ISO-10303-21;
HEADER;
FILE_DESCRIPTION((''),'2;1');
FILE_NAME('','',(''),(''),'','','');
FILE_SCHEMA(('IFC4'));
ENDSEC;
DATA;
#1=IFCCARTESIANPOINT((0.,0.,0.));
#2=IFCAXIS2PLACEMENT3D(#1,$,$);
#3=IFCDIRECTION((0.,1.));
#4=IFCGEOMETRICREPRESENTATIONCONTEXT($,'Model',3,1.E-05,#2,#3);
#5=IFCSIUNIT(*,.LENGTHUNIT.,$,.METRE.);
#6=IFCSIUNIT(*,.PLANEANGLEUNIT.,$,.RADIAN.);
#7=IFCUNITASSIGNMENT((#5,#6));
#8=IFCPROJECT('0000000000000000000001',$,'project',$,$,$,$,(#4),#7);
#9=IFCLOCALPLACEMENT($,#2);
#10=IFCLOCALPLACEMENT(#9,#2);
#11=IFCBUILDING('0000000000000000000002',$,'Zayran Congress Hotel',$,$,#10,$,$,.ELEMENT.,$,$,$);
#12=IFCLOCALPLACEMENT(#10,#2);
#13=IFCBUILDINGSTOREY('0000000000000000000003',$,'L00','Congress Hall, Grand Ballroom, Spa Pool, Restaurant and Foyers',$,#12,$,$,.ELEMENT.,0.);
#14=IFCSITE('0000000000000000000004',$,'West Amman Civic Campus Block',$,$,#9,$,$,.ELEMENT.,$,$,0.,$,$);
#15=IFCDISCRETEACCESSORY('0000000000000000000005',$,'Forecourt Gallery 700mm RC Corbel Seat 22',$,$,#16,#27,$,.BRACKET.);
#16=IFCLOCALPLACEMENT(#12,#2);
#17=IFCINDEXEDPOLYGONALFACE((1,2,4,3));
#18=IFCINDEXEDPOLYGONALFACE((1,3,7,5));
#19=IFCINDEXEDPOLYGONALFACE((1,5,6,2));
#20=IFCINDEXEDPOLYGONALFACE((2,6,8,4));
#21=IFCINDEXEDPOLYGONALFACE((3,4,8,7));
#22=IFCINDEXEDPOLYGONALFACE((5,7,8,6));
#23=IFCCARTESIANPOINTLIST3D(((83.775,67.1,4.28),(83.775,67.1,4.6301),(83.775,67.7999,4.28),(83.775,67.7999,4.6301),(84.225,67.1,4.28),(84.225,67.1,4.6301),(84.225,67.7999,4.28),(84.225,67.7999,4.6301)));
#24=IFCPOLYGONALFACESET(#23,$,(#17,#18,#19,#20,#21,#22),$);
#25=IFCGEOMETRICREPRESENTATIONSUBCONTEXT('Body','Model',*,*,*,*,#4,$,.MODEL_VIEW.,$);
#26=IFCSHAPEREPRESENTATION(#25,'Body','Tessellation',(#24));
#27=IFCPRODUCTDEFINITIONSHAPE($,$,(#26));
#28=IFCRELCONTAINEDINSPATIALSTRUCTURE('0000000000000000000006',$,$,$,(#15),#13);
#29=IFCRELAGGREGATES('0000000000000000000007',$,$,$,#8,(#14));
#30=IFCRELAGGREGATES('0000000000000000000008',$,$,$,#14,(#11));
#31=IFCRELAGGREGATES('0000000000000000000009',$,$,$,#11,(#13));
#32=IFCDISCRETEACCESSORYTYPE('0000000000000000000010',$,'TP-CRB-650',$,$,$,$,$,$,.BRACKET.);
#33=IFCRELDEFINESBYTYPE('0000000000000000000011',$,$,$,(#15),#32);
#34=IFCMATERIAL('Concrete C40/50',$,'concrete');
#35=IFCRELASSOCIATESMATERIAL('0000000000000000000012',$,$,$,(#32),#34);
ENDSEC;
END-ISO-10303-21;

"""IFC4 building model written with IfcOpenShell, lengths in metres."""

from ifc_helpers import new_model, si_unit, direction, frame, origin, origin_2d, place, context, subcontext, project, spatial, rectangle, extrude, material, type_object, element, save


model = new_model("IFC4")

# Units and contexts
model_context = context("Model", 3, precision=1e-05, world=origin(), true_north=direction((0.0, 1.0)))
body_context = subcontext(model_context, "Body", "Model", "MODEL_VIEW")
ifc_project = project(units=[si_unit("LENGTHUNIT", "METRE"), si_unit("PLANEANGLEUNIT", "RADIAN")], contexts=[model_context])

# Site, building, storey
site_placement = place(None, origin())
site = spatial("IfcSite", under=ifc_project, at=site_placement, Name="West Amman Civic Campus Block", CompositionType="ELEMENT", RefElevation=0.0)
building_placement = place(site_placement, origin())
building = spatial("IfcBuilding", under=site, at=building_placement, Name="Zayran Congress Hotel", CompositionType="ELEMENT")
storey_placement = place(building_placement, origin())
storey = spatial("IfcBuildingStorey", under=building, at=storey_placement, Name="L00", Description="Congress Hall, Grand Ballroom, Spa Pool, Restaurant and Foyers", CompositionType="ELEMENT", Elevation=0.0)

# Shared definitions
ifc_material_1 = material(Name="Concrete C40/50", Category="concrete")

# Discrete accessory
discrete_accessory_type_1 = type_object("IfcDiscreteAccessoryType", Name="TP-CRB-650", PredefinedType="BRACKET", material=ifc_material_1)
discrete_accessory_1_placement = place(storey_placement, frame((84.0, 67.45, 4.28), z_axis=(0.0, 0.0, 1.0), x_axis=(0.0, 1.0, 0.0)))
element("IfcDiscreteAccessory", 1, at=discrete_accessory_1_placement, inside=storey, type_object=discrete_accessory_type_1, Name="Forecourt Gallery 700mm RC Corbel Seat 22", PredefinedType="BRACKET", context=body_context, shape_type="SweptSolid", body=[
    extrude(rectangle(XDim=0.7, YDim=0.45, at=origin_2d()), origin(), (0.0, 0.0, 1.0), 0.3501),
])

save(model, "model.ifc")
